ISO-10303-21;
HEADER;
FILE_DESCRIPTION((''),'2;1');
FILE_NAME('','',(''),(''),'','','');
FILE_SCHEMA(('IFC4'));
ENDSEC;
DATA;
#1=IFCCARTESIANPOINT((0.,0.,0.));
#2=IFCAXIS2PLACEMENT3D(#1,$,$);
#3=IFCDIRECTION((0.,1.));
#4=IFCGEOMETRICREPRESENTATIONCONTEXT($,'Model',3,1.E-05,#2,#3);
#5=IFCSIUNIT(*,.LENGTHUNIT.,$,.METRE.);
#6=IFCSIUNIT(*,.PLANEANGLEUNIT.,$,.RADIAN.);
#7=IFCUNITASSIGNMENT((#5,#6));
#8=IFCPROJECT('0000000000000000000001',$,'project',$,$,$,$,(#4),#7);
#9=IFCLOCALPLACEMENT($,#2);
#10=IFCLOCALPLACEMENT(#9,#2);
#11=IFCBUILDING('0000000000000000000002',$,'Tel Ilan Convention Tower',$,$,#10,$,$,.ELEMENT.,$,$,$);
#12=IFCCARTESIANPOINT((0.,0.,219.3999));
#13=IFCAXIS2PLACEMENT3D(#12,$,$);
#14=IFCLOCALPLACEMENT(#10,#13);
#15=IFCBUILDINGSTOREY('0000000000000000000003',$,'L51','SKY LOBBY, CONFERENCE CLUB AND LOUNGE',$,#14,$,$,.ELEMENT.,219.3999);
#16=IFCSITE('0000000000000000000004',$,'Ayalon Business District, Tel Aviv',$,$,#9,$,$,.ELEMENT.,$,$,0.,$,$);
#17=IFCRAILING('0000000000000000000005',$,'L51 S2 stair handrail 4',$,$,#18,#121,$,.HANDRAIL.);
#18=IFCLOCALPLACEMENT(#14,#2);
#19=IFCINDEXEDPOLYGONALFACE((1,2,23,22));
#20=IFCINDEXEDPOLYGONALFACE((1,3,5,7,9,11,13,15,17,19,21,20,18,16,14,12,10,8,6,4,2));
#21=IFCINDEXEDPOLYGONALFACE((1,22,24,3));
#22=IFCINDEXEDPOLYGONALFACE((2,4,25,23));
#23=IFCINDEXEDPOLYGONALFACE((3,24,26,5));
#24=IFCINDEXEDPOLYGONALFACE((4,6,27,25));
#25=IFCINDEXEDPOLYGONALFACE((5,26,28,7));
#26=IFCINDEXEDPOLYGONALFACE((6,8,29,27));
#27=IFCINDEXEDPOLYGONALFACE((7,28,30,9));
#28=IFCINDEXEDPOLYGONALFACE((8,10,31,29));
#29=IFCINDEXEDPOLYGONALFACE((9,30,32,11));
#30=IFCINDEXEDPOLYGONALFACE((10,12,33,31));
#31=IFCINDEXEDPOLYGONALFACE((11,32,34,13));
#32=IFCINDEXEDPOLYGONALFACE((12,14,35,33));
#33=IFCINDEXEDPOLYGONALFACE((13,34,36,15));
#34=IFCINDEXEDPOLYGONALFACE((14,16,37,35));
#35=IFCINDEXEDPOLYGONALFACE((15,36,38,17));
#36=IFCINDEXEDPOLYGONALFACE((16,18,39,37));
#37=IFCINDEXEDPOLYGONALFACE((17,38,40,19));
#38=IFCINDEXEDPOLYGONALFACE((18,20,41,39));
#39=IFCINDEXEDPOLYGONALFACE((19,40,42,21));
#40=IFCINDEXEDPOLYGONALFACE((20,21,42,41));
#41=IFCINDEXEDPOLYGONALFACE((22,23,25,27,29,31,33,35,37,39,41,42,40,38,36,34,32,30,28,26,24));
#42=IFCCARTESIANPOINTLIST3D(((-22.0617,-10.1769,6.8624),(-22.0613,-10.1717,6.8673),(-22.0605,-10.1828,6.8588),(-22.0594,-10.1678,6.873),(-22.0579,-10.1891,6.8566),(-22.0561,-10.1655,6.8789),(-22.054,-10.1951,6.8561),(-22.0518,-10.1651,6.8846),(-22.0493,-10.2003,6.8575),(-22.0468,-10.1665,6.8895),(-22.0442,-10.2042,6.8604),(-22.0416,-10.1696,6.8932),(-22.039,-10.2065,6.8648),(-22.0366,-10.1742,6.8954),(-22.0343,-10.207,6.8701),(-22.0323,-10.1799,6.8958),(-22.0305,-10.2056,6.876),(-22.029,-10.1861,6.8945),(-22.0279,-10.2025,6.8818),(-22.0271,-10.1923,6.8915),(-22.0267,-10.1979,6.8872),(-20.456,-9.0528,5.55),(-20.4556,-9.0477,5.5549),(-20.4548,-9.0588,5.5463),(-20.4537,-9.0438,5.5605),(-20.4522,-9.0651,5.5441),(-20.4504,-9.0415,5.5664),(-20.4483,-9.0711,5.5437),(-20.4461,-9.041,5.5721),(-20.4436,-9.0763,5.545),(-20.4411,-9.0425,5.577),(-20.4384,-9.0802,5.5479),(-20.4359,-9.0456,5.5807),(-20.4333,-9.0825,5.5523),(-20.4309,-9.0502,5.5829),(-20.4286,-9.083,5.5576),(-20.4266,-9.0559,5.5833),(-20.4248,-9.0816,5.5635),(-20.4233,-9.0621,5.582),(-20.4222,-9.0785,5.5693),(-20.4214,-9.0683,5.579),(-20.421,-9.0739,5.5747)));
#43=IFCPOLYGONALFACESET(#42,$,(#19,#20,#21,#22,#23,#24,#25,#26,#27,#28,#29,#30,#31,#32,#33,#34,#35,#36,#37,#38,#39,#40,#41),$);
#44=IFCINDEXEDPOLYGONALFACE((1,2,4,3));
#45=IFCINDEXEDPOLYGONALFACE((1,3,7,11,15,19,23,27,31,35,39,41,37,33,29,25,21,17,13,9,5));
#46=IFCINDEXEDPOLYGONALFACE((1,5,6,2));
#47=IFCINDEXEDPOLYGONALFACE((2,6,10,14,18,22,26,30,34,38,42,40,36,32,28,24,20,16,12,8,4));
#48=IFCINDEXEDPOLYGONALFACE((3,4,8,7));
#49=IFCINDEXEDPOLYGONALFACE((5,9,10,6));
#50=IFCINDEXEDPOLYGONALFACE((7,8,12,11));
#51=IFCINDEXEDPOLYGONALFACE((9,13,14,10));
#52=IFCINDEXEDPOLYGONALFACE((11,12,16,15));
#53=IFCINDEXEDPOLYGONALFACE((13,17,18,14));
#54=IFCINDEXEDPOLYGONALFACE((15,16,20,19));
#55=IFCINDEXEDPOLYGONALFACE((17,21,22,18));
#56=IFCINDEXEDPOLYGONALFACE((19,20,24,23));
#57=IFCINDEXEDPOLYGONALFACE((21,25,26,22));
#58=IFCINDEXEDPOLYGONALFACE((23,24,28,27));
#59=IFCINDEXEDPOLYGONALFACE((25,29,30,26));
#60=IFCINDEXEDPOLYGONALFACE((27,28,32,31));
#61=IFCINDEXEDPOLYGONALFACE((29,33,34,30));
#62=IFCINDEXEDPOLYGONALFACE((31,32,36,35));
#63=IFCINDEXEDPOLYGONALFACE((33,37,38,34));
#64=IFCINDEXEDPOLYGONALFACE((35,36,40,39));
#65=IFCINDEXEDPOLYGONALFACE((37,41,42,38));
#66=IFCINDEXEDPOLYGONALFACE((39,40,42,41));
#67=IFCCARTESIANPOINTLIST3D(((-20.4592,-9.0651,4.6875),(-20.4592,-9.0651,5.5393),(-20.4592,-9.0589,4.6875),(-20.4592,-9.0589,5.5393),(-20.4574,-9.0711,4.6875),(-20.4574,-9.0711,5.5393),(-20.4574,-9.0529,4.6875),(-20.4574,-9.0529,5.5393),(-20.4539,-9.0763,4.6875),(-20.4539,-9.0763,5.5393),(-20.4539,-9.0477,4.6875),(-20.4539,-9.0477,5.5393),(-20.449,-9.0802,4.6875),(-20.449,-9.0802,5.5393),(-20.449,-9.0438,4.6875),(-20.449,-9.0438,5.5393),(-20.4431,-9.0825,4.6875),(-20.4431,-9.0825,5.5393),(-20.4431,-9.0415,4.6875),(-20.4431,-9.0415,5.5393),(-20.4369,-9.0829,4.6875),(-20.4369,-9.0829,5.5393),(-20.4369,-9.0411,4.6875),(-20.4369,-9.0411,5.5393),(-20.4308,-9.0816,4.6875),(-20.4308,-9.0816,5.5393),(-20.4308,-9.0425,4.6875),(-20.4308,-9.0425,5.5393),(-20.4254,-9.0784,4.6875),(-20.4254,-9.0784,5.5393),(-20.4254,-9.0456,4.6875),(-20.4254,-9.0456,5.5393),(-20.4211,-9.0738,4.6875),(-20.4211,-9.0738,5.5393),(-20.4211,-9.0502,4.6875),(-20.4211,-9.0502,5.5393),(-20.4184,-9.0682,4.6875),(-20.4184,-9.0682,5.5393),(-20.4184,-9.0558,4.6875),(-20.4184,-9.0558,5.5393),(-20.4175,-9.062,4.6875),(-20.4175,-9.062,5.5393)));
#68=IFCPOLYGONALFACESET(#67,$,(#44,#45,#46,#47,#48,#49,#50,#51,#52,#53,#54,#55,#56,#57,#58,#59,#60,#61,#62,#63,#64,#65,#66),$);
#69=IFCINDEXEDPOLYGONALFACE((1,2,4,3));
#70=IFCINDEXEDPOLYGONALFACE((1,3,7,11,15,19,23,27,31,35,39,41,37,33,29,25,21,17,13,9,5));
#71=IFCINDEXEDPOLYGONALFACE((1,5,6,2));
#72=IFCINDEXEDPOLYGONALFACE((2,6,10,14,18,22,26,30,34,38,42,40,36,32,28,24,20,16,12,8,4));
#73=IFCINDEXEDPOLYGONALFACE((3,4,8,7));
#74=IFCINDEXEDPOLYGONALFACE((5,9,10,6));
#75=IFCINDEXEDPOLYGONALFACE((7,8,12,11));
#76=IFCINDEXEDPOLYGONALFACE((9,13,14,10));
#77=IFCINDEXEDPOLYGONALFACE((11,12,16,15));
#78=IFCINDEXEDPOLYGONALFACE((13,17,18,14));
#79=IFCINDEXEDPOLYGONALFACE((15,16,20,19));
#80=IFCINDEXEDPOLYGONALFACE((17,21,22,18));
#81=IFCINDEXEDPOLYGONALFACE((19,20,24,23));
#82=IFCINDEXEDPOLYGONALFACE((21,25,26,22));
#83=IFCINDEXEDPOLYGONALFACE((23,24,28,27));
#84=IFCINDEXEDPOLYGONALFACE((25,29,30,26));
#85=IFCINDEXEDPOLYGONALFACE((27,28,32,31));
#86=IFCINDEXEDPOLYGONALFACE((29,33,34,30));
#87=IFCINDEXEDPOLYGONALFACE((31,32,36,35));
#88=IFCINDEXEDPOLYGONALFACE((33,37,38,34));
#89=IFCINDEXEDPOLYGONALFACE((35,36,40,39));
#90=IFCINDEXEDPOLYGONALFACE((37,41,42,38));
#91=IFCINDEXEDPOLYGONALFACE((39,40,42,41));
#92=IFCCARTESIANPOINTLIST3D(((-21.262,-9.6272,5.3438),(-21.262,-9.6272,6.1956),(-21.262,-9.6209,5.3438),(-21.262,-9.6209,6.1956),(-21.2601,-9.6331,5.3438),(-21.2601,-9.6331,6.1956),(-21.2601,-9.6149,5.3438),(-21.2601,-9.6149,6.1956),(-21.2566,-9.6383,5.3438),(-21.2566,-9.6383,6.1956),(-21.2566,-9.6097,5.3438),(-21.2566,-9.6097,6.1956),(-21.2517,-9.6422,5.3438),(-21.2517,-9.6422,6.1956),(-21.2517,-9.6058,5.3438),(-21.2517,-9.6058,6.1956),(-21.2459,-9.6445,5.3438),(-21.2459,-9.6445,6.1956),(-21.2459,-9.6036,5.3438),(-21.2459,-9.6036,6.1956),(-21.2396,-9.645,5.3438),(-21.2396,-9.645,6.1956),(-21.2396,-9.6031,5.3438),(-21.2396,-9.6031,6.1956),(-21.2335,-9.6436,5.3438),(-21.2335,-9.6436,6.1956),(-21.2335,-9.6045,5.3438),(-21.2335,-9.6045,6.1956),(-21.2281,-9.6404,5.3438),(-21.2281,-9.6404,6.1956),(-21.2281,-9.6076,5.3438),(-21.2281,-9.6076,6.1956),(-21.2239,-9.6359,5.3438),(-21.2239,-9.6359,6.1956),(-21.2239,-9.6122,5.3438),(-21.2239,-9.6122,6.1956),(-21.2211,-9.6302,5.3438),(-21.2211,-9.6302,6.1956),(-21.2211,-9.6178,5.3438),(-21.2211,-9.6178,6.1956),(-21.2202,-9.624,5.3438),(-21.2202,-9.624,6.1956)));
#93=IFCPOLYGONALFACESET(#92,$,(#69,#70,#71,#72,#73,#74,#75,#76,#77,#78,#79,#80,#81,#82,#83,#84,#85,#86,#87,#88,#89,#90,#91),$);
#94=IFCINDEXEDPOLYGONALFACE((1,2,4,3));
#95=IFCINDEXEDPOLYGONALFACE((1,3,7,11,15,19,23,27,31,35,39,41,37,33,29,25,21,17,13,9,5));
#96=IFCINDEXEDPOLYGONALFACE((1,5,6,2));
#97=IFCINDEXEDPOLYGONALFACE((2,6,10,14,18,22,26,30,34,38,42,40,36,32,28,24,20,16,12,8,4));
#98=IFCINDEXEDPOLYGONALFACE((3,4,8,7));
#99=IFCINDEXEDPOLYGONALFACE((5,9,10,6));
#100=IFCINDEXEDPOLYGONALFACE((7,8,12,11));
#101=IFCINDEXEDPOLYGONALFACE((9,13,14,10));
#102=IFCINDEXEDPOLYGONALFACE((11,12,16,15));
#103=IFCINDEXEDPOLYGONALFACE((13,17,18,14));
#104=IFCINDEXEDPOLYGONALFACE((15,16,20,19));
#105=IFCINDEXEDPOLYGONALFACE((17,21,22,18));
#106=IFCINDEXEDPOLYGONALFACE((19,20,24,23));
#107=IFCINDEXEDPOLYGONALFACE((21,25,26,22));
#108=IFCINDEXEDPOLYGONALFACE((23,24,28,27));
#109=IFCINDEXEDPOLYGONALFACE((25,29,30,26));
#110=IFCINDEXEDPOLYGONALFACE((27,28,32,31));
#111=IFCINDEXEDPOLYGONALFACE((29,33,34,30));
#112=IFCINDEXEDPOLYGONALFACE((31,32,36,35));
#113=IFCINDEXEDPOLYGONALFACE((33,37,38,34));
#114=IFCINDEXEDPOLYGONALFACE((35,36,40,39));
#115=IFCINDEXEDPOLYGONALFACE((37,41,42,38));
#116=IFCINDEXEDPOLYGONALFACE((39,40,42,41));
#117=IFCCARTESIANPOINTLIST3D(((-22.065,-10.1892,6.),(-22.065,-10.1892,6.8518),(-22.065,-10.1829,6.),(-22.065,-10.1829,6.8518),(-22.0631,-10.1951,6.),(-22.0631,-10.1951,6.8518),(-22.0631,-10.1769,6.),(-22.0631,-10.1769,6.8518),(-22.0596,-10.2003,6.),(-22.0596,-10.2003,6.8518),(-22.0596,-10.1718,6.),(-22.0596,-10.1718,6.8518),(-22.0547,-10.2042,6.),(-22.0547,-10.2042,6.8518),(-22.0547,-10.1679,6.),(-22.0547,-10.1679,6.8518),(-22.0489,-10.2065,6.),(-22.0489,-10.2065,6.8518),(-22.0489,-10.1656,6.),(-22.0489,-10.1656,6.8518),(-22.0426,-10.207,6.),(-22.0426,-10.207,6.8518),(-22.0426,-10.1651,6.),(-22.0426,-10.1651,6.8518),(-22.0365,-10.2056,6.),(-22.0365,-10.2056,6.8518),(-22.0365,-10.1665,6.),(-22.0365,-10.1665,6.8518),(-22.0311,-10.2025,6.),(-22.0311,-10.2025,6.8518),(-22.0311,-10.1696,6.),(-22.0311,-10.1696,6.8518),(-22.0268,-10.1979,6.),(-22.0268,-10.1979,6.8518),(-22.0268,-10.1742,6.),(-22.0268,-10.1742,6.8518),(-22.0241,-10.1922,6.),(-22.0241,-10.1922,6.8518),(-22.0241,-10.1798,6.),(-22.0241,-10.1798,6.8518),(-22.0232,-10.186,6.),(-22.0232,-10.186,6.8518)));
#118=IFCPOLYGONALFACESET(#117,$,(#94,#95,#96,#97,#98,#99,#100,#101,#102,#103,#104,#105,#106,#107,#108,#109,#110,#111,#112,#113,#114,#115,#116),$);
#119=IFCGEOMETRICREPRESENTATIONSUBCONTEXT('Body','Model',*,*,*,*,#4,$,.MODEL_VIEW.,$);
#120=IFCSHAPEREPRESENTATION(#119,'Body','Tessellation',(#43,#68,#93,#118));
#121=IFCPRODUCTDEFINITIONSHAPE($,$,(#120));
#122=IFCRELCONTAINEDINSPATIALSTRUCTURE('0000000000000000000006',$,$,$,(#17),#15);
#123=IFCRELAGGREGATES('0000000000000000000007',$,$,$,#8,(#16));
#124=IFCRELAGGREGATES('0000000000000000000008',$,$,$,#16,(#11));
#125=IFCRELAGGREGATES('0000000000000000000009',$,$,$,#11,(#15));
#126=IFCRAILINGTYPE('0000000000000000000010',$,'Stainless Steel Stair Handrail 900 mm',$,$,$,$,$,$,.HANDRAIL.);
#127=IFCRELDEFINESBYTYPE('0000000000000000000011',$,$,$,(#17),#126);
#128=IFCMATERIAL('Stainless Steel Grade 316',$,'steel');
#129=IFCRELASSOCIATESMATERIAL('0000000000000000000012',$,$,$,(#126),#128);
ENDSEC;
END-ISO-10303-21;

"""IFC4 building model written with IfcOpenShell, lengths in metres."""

from ifc_helpers import new_model, si_unit, direction, frame, origin, origin_2d, place, context, subcontext, project, spatial, circle, extrude, material, type_object, element, save


model = new_model("IFC4")

# Units and contexts
model_context = context("Model", 3, precision=1e-05, world=origin(), true_north=direction((0.0, 1.0)))
body_context = subcontext(model_context, "Body", "Model", "MODEL_VIEW")
ifc_project = project(units=[si_unit("LENGTHUNIT", "METRE"), si_unit("PLANEANGLEUNIT", "RADIAN")], contexts=[model_context])

# Site, building, storey
site_placement = place(None, origin())
site = spatial("IfcSite", under=ifc_project, at=site_placement, Name="Ayalon Business District, Tel Aviv", CompositionType="ELEMENT", RefElevation=0.0)
building_placement = place(site_placement, origin())
building = spatial("IfcBuilding", under=site, at=building_placement, Name="Tel Ilan Convention Tower", CompositionType="ELEMENT")
storey_placement = place(building_placement, frame((0.0, 0.0, 219.3999)))
storey = spatial("IfcBuildingStorey", under=building, at=storey_placement, Name="L51", Description="SKY LOBBY, CONFERENCE CLUB AND LOUNGE", CompositionType="ELEMENT", Elevation=219.3999)

# Railing
ifc_material_1 = material(Name="Stainless Steel Grade 316", Category="steel")
railing_type_1 = type_object("IfcRailingType", Name="Stainless Steel Stair Handrail 900 mm", PredefinedType="HANDRAIL", material=ifc_material_1)
for number, where, name in (
    (1, (-20.4385, -9.062, 4.6875), "L51 S2 stair handrail 4"),
):
    element("IfcRailing", number, at=place(storey_placement, frame(where)), inside=storey, type_object=railing_type_1, Name=name, PredefinedType="HANDRAIL", context=body_context, shape_type="SweptSolid", body=[
        extrude(circle(Radius=0.0239, at=origin_2d()), frame((0.0, 0.0, 0.876), z_axis=(-0.680705, -0.476504, 0.556404), x_axis=(0.573471, -0.819226, 0.0)), (0.0, 0.0, 1.0), 2.3589),
        extrude(circle(Radius=0.021, at=origin_2d()), origin(), (0.0, 0.0, 1.0), 0.8518),
        extrude(circle(Radius=0.021, at=origin_2d()), frame((-0.8027, -0.562, 0.6562)), (0.0, 0.0, 1.0), 0.8518),
        extrude(circle(Radius=0.021, at=origin_2d()), frame((-1.6057, -1.124, 1.3125)), (0.0, 0.0, 1.0), 0.8518),
    ])

save(model, "model.ifc")
